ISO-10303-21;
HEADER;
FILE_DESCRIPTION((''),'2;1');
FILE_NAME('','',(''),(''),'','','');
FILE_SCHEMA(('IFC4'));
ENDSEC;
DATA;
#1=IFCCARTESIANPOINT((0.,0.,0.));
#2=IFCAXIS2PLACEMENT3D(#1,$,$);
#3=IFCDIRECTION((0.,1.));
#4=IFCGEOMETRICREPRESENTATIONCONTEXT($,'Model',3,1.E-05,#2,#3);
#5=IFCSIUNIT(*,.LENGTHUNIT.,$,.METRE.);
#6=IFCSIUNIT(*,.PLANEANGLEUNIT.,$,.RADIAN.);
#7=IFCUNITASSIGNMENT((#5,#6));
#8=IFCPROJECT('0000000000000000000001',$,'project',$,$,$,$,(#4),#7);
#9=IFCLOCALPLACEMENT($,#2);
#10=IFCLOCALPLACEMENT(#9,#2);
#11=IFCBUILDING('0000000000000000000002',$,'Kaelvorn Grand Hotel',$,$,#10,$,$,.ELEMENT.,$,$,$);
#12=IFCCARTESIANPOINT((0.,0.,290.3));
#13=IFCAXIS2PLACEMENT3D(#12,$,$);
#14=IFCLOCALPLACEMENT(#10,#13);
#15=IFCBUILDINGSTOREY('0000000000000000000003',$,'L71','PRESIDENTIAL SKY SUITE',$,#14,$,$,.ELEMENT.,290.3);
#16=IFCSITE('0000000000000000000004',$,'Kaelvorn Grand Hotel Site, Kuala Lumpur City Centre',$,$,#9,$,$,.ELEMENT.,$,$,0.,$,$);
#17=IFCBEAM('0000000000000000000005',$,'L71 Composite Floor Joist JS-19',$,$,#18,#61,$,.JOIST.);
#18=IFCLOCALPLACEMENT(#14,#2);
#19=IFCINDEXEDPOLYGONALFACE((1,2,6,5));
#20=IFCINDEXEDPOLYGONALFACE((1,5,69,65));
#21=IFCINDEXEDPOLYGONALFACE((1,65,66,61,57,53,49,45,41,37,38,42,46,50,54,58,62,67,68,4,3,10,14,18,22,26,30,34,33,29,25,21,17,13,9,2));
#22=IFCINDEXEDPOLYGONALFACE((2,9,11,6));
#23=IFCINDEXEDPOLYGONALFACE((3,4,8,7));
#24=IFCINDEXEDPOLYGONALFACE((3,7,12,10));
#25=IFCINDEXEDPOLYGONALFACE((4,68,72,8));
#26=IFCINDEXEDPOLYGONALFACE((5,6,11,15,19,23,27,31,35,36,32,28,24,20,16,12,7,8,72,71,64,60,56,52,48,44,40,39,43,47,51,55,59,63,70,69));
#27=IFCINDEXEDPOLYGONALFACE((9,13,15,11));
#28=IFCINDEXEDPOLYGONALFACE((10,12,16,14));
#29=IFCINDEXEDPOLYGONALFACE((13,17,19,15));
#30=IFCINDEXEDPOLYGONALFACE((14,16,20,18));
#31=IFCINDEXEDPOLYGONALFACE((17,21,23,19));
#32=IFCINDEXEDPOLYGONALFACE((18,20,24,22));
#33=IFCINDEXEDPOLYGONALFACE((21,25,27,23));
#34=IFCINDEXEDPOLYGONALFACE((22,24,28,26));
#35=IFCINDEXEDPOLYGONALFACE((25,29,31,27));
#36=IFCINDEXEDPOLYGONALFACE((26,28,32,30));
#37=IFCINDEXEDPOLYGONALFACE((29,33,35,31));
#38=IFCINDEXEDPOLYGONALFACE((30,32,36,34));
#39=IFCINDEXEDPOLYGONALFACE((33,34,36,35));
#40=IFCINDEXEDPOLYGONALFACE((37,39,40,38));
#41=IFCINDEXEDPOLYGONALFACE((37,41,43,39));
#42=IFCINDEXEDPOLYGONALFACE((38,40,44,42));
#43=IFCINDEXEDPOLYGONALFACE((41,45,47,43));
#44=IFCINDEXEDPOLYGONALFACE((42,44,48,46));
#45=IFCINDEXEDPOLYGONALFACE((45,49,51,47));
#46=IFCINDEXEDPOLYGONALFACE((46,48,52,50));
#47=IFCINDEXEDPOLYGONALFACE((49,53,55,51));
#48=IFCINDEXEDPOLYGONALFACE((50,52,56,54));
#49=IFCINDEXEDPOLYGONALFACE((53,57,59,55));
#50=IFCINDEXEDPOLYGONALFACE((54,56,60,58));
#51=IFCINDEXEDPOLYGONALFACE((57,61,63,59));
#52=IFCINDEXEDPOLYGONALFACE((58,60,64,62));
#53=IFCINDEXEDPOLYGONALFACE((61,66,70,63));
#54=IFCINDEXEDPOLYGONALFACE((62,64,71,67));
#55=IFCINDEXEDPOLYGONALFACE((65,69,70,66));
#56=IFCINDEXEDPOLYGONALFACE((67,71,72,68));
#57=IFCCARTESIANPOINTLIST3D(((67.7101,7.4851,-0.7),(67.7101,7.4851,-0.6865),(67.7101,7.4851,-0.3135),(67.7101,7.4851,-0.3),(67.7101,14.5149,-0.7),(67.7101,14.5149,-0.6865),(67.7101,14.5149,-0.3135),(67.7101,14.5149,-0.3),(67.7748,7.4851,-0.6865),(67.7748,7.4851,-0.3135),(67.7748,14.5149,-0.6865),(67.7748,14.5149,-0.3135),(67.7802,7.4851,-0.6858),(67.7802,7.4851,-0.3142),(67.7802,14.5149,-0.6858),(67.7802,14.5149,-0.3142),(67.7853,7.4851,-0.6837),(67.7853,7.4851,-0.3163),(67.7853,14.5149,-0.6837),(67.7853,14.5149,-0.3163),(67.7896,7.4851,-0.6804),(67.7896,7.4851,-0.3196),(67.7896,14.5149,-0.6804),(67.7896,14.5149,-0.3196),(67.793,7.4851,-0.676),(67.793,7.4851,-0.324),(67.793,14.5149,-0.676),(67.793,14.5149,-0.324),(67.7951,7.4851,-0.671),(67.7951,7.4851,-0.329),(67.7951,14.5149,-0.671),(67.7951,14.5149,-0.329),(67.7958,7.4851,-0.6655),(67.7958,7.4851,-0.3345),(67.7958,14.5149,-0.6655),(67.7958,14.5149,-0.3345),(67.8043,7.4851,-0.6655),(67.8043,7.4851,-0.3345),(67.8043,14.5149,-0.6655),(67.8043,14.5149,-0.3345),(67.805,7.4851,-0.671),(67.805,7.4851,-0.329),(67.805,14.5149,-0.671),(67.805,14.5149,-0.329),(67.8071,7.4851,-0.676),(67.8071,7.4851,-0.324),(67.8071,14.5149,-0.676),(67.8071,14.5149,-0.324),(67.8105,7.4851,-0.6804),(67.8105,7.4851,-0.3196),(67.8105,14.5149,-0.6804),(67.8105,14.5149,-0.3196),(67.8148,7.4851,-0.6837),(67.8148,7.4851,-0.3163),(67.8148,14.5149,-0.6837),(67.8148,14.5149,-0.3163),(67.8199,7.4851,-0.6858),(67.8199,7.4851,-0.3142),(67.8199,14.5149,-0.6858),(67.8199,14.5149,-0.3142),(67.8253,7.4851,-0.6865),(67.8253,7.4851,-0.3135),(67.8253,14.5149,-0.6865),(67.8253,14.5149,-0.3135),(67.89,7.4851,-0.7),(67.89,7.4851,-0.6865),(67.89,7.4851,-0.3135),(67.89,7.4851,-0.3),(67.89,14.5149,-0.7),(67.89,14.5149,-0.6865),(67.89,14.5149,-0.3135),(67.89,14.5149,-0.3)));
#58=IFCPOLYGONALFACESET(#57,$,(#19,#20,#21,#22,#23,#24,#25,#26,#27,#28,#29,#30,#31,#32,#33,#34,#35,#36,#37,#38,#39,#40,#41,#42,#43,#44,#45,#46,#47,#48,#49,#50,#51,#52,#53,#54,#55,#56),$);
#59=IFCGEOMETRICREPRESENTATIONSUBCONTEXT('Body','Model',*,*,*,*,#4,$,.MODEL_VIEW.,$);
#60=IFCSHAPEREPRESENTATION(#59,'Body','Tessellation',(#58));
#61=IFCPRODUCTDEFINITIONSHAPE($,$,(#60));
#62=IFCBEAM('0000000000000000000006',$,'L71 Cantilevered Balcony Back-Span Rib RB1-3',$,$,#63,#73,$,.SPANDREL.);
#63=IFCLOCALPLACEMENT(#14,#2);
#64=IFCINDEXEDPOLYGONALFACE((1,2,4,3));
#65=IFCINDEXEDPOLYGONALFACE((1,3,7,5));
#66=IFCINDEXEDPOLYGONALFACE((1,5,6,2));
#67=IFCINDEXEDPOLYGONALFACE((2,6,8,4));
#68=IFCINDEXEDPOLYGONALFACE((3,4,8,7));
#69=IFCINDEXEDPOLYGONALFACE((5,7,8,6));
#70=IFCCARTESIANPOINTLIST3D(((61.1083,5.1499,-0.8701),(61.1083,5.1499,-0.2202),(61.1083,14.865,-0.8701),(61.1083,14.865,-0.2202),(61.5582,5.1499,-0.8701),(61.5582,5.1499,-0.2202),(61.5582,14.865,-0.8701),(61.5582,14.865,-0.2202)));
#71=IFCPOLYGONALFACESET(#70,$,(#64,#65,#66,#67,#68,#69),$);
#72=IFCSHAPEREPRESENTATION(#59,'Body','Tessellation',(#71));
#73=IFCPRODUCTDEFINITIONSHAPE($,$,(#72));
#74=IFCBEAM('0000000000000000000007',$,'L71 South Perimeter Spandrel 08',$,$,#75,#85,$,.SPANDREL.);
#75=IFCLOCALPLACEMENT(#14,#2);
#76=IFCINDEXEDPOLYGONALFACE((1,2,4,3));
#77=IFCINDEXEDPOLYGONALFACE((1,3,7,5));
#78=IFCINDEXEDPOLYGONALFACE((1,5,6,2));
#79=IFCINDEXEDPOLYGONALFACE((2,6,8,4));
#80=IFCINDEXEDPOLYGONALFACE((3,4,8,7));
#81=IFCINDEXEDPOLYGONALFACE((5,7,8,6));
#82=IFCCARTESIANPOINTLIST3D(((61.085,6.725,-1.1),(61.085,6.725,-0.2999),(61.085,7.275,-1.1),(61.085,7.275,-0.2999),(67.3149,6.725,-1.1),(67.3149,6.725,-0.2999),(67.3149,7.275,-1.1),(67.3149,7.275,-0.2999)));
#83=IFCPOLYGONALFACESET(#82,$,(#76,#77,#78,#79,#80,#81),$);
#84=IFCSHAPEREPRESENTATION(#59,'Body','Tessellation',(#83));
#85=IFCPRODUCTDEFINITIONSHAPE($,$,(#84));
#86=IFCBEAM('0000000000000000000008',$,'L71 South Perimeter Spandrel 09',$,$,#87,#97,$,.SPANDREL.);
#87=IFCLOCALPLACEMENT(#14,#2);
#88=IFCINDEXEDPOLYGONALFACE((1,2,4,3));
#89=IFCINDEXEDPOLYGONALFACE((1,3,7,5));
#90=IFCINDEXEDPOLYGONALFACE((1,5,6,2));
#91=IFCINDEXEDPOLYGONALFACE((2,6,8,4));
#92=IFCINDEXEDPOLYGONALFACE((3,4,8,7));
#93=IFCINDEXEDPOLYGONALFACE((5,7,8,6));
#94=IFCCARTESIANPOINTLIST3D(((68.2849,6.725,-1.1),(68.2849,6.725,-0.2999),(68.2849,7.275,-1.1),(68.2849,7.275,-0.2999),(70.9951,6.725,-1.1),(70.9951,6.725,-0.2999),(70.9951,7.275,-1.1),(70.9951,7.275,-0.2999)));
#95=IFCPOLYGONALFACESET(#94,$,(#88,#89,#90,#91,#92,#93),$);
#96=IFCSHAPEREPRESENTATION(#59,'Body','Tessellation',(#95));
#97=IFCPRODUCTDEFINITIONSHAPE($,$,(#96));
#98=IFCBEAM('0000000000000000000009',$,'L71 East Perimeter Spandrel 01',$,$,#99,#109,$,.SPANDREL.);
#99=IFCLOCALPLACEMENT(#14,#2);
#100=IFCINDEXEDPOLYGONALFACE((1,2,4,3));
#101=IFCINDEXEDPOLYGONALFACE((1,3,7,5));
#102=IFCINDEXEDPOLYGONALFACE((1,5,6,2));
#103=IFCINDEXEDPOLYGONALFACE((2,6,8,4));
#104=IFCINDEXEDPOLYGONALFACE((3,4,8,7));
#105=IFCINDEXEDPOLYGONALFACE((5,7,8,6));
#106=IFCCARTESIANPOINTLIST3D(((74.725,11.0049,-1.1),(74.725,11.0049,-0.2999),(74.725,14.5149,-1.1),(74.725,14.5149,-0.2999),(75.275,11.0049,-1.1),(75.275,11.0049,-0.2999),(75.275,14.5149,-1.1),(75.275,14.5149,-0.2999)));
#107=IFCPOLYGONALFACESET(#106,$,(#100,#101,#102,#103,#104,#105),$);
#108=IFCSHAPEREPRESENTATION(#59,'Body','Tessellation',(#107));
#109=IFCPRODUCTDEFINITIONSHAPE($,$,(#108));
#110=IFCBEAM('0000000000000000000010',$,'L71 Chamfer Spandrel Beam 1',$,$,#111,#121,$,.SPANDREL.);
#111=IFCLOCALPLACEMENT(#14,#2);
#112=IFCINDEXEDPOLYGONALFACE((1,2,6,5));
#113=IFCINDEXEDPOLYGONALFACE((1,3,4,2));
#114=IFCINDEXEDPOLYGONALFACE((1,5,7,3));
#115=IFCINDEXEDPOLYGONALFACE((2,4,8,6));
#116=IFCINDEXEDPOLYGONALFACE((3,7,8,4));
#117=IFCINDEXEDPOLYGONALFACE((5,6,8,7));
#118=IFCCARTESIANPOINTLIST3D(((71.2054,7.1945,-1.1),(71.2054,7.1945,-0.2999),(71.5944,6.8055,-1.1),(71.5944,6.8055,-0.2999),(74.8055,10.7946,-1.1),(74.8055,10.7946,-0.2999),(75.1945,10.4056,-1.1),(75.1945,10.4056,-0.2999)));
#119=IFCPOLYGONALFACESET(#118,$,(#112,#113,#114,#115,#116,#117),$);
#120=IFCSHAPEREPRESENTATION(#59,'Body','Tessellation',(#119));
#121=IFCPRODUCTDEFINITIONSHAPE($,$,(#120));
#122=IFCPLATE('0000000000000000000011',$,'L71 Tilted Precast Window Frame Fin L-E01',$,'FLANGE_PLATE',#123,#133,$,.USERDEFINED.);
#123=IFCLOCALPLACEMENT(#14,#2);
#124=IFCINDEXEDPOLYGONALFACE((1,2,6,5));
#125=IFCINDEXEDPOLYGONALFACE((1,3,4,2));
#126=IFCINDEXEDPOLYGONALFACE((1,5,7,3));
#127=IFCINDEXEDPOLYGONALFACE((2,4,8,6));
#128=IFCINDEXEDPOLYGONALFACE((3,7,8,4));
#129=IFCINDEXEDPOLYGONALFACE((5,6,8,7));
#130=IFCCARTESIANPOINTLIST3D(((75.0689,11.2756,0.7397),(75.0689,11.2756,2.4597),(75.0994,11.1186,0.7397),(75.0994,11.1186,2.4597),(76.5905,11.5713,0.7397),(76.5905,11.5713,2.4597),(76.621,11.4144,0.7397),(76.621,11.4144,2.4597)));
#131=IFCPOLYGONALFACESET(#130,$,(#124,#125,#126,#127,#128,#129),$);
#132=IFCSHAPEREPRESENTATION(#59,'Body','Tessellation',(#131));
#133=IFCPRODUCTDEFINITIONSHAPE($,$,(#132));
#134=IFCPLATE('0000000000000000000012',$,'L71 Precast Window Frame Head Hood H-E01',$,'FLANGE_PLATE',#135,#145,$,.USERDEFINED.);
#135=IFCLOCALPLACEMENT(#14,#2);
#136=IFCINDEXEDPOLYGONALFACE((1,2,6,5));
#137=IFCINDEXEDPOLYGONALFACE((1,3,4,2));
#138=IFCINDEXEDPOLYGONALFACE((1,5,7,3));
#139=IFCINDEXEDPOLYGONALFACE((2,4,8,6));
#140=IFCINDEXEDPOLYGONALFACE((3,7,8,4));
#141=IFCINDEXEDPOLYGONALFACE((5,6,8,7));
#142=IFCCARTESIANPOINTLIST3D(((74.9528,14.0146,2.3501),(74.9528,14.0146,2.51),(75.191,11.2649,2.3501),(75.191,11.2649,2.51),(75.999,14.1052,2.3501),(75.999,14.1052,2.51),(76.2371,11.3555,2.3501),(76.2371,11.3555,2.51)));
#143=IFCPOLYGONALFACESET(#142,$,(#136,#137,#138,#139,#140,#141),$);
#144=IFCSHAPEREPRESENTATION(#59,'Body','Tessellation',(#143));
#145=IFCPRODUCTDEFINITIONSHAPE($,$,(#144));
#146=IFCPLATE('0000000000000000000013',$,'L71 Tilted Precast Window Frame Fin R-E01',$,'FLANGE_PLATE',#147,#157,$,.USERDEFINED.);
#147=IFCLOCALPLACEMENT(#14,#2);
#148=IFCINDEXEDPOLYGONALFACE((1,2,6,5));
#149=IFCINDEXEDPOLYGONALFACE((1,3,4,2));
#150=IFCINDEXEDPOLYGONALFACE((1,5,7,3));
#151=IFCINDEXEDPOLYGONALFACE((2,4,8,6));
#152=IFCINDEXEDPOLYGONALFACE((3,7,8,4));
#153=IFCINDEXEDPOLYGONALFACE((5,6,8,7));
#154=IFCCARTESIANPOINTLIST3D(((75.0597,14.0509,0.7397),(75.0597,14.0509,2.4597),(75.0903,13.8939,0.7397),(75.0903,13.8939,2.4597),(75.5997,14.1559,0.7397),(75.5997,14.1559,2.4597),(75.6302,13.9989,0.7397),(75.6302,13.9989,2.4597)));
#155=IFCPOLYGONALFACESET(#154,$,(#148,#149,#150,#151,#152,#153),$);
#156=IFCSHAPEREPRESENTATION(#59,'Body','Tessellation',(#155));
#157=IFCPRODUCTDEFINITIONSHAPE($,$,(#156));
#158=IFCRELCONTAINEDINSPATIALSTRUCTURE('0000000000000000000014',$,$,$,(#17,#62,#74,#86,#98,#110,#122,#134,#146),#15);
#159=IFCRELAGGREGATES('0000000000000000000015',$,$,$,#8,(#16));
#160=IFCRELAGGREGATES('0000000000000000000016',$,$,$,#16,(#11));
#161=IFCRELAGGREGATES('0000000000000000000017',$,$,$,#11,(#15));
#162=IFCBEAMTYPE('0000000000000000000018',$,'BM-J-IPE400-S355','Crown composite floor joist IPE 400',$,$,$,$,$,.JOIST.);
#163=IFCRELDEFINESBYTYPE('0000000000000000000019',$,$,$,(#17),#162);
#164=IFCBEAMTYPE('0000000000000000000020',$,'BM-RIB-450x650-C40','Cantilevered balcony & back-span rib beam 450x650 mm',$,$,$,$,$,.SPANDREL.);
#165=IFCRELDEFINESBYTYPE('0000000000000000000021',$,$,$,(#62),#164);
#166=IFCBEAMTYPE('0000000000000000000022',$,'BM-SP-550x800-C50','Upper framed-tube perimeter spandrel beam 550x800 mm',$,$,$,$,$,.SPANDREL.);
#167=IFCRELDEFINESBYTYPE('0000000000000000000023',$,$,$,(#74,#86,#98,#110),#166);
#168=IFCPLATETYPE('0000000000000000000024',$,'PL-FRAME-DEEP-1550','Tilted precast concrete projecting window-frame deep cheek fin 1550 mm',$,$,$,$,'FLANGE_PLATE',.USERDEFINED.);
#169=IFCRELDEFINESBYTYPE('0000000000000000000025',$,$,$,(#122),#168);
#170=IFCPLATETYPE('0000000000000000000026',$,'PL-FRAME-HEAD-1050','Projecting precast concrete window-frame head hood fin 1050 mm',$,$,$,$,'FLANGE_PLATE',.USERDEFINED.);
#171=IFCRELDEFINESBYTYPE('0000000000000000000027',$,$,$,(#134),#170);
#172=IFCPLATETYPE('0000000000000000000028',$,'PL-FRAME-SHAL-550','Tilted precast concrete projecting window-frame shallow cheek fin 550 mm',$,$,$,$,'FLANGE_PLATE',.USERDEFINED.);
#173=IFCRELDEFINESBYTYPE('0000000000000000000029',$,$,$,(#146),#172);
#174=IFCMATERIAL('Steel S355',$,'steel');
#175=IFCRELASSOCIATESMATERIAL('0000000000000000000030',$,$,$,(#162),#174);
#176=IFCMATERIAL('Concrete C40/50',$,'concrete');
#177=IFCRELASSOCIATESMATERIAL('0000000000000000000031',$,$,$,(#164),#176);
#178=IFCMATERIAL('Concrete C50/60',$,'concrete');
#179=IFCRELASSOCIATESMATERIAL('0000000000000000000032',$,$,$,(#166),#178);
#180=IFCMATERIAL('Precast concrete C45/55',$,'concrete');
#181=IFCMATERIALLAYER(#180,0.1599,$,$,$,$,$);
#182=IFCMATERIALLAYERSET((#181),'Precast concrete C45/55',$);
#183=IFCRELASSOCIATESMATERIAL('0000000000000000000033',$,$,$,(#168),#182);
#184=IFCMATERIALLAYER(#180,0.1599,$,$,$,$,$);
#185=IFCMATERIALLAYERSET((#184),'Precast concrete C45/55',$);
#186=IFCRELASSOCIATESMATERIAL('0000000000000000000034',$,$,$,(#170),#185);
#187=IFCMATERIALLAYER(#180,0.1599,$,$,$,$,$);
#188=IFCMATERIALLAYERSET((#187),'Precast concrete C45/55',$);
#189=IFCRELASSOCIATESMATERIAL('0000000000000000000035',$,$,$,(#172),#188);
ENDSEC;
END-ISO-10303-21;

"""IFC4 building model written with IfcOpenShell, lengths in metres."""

from ifc_helpers import new_model, si_unit, direction, frame, origin, origin_2d, place, context, subcontext, project, spatial, rectangle, i_section, extrude, material, layer, layer_set, material_profile, profile_set, type_object, element, save


model = new_model("IFC4")

# Units and contexts
model_context = context("Model", 3, precision=1e-05, world=origin(), true_north=direction((0.0, 1.0)))
body_context = subcontext(model_context, "Body", "Model", "MODEL_VIEW")
ifc_project = project(units=[si_unit("LENGTHUNIT", "METRE"), si_unit("PLANEANGLEUNIT", "RADIAN")], contexts=[model_context])

# Site, building, storey
site_placement = place(None, origin())
site = spatial("IfcSite", under=ifc_project, at=site_placement, Name="Kaelvorn Grand Hotel Site, Kuala Lumpur City Centre", CompositionType="ELEMENT", RefElevation=0.0)
building_placement = place(site_placement, origin())
building = spatial("IfcBuilding", under=site, at=building_placement, Name="Kaelvorn Grand Hotel", CompositionType="ELEMENT")
storey_placement = place(building_placement, frame((0.0, 0.0, 290.3)))
storey = spatial("IfcBuildingStorey", under=building, at=storey_placement, Name="L71", Description="PRESIDENTIAL SKY SUITE", CompositionType="ELEMENT", Elevation=290.3)

# Shared definitions
ifc_material_1 = material(Name="Concrete C50/60", Category="concrete")

# Beams
ifc_material_2 = material(Name="Steel S355", Category="steel")
ifc_material_profile_1 = material_profile(ifc_material_2, i_section(OverallWidth=0.1799, OverallDepth=0.3999, WebThickness=0.0085, FlangeThickness=0.0134, FilletRadius=0.021, at=origin_2d()), Name="IPE 400")
ifc_profile_set_1 = profile_set([ifc_material_profile_1], Name="Steel S355")
beam_type_1 = type_object("IfcBeamType", Name="BM-J-IPE400-S355", Description="Crown composite floor joist IPE 400", PredefinedType="JOIST", material=ifc_profile_set_1)
beam_1_placement = place(storey_placement, frame((67.8, 7.4851, -0.5), z_axis=(0.0, 1.0, 0.0), x_axis=(-1.0, 0.0, 0.0)))
element("IfcBeam", 1, at=beam_1_placement, inside=storey, type_object=beam_type_1, Name="L71 Composite Floor Joist JS-19", PredefinedType="JOIST", context=body_context, shape_type="SweptSolid", body=[
    extrude(i_section(OverallWidth=0.1799, OverallDepth=0.3999, WebThickness=0.0085, FlangeThickness=0.0134, FilletRadius=0.021, at=origin_2d()), origin(), (0.0, 0.0, 1.0), 7.0298),
])
ifc_material_3 = material(Name="Concrete C40/50", Category="concrete")
ifc_material_profile_2 = material_profile(ifc_material_3, rectangle(XDim=0.45, YDim=0.6499, at=origin_2d()), Name="RC RIB 450x650")
ifc_profile_set_2 = profile_set([ifc_material_profile_2], Name="Concrete C40/50")
beam_type_2 = type_object("IfcBeamType", Name="BM-RIB-450x650-C40", Description="Cantilevered balcony & back-span rib beam 450x650 mm", PredefinedType="SPANDREL", material=ifc_profile_set_2)
beam_2_placement = place(storey_placement, frame((61.3333, 5.1499, -0.5452), z_axis=(0.0, 1.0, 0.0), x_axis=(-1.0, 0.0, 0.0)))
element("IfcBeam", 2, at=beam_2_placement, inside=storey, type_object=beam_type_2, Name="L71 Cantilevered Balcony Back-Span Rib RB1-3", PredefinedType="SPANDREL", context=body_context, shape_type="SweptSolid", body=[
    extrude(rectangle(XDim=0.45, YDim=0.6499, at=origin_2d()), origin(), (0.0, 0.0, 1.0), 9.7151),
])
ifc_material_profile_3 = material_profile(ifc_material_1, rectangle(XDim=0.55, YDim=0.8, at=origin_2d()), Name="RC SPANDREL 550x800")
ifc_profile_set_3 = profile_set([ifc_material_profile_3], Name="Concrete C50/60")
beam_type_3 = type_object("IfcBeamType", Name="BM-SP-550x800-C50", Description="Upper framed-tube perimeter spandrel beam 550x800 mm", PredefinedType="SPANDREL", material=ifc_profile_set_3)
beam_3_placement = place(storey_placement, frame((61.085, 7.0, -0.7), z_axis=(1.0, 0.0, 0.0), x_axis=(0.0, 1.0, 0.0)))
element("IfcBeam", 3, at=beam_3_placement, inside=storey, type_object=beam_type_3, Name="L71 South Perimeter Spandrel 08", PredefinedType="SPANDREL", context=body_context, shape_type="SweptSolid", body=[
    extrude(rectangle(XDim=0.55, YDim=0.8, at=origin_2d()), origin(), (0.0, 0.0, 1.0), 6.23),
])
beam_4_placement = place(storey_placement, frame((68.2849, 7.0, -0.7), z_axis=(1.0, 0.0, 0.0), x_axis=(0.0, 1.0, 0.0)))
element("IfcBeam", 4, at=beam_4_placement, inside=storey, type_object=beam_type_3, Name="L71 South Perimeter Spandrel 09", PredefinedType="SPANDREL", context=body_context, shape_type="SweptSolid", body=[
    extrude(rectangle(XDim=0.55, YDim=0.8, at=origin_2d()), origin(), (0.0, 0.0, 1.0), 2.7102),
])
beam_5_placement = place(storey_placement, frame((75.0, 11.0049, -0.7), z_axis=(0.0, 1.0, 0.0), x_axis=(-1.0, 0.0, 0.0)))
element("IfcBeam", 5, at=beam_5_placement, inside=storey, type_object=beam_type_3, Name="L71 East Perimeter Spandrel 01", PredefinedType="SPANDREL", context=body_context, shape_type="SweptSolid", body=[
    extrude(rectangle(XDim=0.55, YDim=0.8, at=origin_2d()), origin(), (0.0, 0.0, 1.0), 3.51),
])
beam_6_placement = place(storey_placement, frame((71.3999, 7.0, -0.7), z_axis=(0.707107, 0.707107, 0.0), x_axis=(-0.707107, 0.707107, 0.0)))
element("IfcBeam", 6, at=beam_6_placement, inside=storey, type_object=beam_type_3, Name="L71 Chamfer Spandrel Beam 1", PredefinedType="SPANDREL", context=body_context, shape_type="SweptSolid", body=[
    extrude(rectangle(XDim=0.55, YDim=0.8, at=origin_2d()), origin(), (0.0, 0.0, 1.0), 5.0913),
])

# Plates
ifc_material_4 = material(Name="Precast concrete C45/55", Category="concrete")
ifc_layer_1 = layer(ifc_material_4, 0.1599)
ifc_layer_set_1 = layer_set([ifc_layer_1], Name="Precast concrete C45/55")
plate_type_1 = type_object("IfcPlateType", Name="PL-FRAME-DEEP-1550", Description="Tilted precast concrete projecting window-frame deep cheek fin 1550 mm", ElementType="FLANGE_PLATE", PredefinedType="USERDEFINED", material=ifc_layer_set_1)
plate_1_placement = place(storey_placement, frame((75.845, 11.345, 0.7397), z_axis=(0.0, 0.0, 1.0), x_axis=(-0.190809, 0.981627, 0.0)))
element("IfcPlate", 7, at=plate_1_placement, inside=storey, type_object=plate_type_1, Name="L71 Tilted Precast Window Frame Fin L-E01", ObjectType="FLANGE_PLATE", PredefinedType="USERDEFINED", context=body_context, shape_type="SweptSolid", body=[
    extrude(rectangle(XDim=0.1599, YDim=1.55, at=origin_2d()), origin(), (0.0, 0.0, 1.0), 1.72),
])
ifc_layer_2 = layer(ifc_material_4, 0.1599)
ifc_layer_set_2 = layer_set([ifc_layer_2], Name="Precast concrete C45/55")
plate_type_2 = type_object("IfcPlateType", Name="PL-FRAME-HEAD-1050", Description="Projecting precast concrete window-frame head hood fin 1050 mm", ElementType="FLANGE_PLATE", PredefinedType="USERDEFINED", material=ifc_layer_set_2)
plate_2_placement = place(storey_placement, frame((75.595, 12.6851, 2.3501), z_axis=(0.0, 0.0, 1.0), x_axis=(-0.086286, 0.99627, 0.0)))
element("IfcPlate", 8, at=plate_2_placement, inside=storey, type_object=plate_type_2, Name="L71 Precast Window Frame Head Hood H-E01", ObjectType="FLANGE_PLATE", PredefinedType="USERDEFINED", context=body_context, shape_type="SweptSolid", body=[
    extrude(rectangle(XDim=2.76, YDim=1.05, at=origin_2d()), origin(), (0.0, 0.0, 1.0), 0.1599),
])
ifc_layer_3 = layer(ifc_material_4, 0.1599)
ifc_layer_set_3 = layer_set([ifc_layer_3], Name="Precast concrete C45/55")
plate_type_3 = type_object("IfcPlateType", Name="PL-FRAME-SHAL-550", Description="Tilted precast concrete projecting window-frame shallow cheek fin 550 mm", ElementType="FLANGE_PLATE", PredefinedType="USERDEFINED", material=ifc_layer_set_3)
plate_3_placement = place(storey_placement, frame((75.345, 14.0249, 0.7397), z_axis=(0.0, 0.0, 1.0), x_axis=(-0.190809, 0.981627, 0.0)))
element("IfcPlate", 9, at=plate_3_placement, inside=storey, type_object=plate_type_3, Name="L71 Tilted Precast Window Frame Fin R-E01", ObjectType="FLANGE_PLATE", PredefinedType="USERDEFINED", context=body_context, shape_type="SweptSolid", body=[
    extrude(rectangle(XDim=0.1599, YDim=0.55, at=origin_2d()), origin(), (0.0, 0.0, 1.0), 1.72),
])

save(model, "model.ifc")
